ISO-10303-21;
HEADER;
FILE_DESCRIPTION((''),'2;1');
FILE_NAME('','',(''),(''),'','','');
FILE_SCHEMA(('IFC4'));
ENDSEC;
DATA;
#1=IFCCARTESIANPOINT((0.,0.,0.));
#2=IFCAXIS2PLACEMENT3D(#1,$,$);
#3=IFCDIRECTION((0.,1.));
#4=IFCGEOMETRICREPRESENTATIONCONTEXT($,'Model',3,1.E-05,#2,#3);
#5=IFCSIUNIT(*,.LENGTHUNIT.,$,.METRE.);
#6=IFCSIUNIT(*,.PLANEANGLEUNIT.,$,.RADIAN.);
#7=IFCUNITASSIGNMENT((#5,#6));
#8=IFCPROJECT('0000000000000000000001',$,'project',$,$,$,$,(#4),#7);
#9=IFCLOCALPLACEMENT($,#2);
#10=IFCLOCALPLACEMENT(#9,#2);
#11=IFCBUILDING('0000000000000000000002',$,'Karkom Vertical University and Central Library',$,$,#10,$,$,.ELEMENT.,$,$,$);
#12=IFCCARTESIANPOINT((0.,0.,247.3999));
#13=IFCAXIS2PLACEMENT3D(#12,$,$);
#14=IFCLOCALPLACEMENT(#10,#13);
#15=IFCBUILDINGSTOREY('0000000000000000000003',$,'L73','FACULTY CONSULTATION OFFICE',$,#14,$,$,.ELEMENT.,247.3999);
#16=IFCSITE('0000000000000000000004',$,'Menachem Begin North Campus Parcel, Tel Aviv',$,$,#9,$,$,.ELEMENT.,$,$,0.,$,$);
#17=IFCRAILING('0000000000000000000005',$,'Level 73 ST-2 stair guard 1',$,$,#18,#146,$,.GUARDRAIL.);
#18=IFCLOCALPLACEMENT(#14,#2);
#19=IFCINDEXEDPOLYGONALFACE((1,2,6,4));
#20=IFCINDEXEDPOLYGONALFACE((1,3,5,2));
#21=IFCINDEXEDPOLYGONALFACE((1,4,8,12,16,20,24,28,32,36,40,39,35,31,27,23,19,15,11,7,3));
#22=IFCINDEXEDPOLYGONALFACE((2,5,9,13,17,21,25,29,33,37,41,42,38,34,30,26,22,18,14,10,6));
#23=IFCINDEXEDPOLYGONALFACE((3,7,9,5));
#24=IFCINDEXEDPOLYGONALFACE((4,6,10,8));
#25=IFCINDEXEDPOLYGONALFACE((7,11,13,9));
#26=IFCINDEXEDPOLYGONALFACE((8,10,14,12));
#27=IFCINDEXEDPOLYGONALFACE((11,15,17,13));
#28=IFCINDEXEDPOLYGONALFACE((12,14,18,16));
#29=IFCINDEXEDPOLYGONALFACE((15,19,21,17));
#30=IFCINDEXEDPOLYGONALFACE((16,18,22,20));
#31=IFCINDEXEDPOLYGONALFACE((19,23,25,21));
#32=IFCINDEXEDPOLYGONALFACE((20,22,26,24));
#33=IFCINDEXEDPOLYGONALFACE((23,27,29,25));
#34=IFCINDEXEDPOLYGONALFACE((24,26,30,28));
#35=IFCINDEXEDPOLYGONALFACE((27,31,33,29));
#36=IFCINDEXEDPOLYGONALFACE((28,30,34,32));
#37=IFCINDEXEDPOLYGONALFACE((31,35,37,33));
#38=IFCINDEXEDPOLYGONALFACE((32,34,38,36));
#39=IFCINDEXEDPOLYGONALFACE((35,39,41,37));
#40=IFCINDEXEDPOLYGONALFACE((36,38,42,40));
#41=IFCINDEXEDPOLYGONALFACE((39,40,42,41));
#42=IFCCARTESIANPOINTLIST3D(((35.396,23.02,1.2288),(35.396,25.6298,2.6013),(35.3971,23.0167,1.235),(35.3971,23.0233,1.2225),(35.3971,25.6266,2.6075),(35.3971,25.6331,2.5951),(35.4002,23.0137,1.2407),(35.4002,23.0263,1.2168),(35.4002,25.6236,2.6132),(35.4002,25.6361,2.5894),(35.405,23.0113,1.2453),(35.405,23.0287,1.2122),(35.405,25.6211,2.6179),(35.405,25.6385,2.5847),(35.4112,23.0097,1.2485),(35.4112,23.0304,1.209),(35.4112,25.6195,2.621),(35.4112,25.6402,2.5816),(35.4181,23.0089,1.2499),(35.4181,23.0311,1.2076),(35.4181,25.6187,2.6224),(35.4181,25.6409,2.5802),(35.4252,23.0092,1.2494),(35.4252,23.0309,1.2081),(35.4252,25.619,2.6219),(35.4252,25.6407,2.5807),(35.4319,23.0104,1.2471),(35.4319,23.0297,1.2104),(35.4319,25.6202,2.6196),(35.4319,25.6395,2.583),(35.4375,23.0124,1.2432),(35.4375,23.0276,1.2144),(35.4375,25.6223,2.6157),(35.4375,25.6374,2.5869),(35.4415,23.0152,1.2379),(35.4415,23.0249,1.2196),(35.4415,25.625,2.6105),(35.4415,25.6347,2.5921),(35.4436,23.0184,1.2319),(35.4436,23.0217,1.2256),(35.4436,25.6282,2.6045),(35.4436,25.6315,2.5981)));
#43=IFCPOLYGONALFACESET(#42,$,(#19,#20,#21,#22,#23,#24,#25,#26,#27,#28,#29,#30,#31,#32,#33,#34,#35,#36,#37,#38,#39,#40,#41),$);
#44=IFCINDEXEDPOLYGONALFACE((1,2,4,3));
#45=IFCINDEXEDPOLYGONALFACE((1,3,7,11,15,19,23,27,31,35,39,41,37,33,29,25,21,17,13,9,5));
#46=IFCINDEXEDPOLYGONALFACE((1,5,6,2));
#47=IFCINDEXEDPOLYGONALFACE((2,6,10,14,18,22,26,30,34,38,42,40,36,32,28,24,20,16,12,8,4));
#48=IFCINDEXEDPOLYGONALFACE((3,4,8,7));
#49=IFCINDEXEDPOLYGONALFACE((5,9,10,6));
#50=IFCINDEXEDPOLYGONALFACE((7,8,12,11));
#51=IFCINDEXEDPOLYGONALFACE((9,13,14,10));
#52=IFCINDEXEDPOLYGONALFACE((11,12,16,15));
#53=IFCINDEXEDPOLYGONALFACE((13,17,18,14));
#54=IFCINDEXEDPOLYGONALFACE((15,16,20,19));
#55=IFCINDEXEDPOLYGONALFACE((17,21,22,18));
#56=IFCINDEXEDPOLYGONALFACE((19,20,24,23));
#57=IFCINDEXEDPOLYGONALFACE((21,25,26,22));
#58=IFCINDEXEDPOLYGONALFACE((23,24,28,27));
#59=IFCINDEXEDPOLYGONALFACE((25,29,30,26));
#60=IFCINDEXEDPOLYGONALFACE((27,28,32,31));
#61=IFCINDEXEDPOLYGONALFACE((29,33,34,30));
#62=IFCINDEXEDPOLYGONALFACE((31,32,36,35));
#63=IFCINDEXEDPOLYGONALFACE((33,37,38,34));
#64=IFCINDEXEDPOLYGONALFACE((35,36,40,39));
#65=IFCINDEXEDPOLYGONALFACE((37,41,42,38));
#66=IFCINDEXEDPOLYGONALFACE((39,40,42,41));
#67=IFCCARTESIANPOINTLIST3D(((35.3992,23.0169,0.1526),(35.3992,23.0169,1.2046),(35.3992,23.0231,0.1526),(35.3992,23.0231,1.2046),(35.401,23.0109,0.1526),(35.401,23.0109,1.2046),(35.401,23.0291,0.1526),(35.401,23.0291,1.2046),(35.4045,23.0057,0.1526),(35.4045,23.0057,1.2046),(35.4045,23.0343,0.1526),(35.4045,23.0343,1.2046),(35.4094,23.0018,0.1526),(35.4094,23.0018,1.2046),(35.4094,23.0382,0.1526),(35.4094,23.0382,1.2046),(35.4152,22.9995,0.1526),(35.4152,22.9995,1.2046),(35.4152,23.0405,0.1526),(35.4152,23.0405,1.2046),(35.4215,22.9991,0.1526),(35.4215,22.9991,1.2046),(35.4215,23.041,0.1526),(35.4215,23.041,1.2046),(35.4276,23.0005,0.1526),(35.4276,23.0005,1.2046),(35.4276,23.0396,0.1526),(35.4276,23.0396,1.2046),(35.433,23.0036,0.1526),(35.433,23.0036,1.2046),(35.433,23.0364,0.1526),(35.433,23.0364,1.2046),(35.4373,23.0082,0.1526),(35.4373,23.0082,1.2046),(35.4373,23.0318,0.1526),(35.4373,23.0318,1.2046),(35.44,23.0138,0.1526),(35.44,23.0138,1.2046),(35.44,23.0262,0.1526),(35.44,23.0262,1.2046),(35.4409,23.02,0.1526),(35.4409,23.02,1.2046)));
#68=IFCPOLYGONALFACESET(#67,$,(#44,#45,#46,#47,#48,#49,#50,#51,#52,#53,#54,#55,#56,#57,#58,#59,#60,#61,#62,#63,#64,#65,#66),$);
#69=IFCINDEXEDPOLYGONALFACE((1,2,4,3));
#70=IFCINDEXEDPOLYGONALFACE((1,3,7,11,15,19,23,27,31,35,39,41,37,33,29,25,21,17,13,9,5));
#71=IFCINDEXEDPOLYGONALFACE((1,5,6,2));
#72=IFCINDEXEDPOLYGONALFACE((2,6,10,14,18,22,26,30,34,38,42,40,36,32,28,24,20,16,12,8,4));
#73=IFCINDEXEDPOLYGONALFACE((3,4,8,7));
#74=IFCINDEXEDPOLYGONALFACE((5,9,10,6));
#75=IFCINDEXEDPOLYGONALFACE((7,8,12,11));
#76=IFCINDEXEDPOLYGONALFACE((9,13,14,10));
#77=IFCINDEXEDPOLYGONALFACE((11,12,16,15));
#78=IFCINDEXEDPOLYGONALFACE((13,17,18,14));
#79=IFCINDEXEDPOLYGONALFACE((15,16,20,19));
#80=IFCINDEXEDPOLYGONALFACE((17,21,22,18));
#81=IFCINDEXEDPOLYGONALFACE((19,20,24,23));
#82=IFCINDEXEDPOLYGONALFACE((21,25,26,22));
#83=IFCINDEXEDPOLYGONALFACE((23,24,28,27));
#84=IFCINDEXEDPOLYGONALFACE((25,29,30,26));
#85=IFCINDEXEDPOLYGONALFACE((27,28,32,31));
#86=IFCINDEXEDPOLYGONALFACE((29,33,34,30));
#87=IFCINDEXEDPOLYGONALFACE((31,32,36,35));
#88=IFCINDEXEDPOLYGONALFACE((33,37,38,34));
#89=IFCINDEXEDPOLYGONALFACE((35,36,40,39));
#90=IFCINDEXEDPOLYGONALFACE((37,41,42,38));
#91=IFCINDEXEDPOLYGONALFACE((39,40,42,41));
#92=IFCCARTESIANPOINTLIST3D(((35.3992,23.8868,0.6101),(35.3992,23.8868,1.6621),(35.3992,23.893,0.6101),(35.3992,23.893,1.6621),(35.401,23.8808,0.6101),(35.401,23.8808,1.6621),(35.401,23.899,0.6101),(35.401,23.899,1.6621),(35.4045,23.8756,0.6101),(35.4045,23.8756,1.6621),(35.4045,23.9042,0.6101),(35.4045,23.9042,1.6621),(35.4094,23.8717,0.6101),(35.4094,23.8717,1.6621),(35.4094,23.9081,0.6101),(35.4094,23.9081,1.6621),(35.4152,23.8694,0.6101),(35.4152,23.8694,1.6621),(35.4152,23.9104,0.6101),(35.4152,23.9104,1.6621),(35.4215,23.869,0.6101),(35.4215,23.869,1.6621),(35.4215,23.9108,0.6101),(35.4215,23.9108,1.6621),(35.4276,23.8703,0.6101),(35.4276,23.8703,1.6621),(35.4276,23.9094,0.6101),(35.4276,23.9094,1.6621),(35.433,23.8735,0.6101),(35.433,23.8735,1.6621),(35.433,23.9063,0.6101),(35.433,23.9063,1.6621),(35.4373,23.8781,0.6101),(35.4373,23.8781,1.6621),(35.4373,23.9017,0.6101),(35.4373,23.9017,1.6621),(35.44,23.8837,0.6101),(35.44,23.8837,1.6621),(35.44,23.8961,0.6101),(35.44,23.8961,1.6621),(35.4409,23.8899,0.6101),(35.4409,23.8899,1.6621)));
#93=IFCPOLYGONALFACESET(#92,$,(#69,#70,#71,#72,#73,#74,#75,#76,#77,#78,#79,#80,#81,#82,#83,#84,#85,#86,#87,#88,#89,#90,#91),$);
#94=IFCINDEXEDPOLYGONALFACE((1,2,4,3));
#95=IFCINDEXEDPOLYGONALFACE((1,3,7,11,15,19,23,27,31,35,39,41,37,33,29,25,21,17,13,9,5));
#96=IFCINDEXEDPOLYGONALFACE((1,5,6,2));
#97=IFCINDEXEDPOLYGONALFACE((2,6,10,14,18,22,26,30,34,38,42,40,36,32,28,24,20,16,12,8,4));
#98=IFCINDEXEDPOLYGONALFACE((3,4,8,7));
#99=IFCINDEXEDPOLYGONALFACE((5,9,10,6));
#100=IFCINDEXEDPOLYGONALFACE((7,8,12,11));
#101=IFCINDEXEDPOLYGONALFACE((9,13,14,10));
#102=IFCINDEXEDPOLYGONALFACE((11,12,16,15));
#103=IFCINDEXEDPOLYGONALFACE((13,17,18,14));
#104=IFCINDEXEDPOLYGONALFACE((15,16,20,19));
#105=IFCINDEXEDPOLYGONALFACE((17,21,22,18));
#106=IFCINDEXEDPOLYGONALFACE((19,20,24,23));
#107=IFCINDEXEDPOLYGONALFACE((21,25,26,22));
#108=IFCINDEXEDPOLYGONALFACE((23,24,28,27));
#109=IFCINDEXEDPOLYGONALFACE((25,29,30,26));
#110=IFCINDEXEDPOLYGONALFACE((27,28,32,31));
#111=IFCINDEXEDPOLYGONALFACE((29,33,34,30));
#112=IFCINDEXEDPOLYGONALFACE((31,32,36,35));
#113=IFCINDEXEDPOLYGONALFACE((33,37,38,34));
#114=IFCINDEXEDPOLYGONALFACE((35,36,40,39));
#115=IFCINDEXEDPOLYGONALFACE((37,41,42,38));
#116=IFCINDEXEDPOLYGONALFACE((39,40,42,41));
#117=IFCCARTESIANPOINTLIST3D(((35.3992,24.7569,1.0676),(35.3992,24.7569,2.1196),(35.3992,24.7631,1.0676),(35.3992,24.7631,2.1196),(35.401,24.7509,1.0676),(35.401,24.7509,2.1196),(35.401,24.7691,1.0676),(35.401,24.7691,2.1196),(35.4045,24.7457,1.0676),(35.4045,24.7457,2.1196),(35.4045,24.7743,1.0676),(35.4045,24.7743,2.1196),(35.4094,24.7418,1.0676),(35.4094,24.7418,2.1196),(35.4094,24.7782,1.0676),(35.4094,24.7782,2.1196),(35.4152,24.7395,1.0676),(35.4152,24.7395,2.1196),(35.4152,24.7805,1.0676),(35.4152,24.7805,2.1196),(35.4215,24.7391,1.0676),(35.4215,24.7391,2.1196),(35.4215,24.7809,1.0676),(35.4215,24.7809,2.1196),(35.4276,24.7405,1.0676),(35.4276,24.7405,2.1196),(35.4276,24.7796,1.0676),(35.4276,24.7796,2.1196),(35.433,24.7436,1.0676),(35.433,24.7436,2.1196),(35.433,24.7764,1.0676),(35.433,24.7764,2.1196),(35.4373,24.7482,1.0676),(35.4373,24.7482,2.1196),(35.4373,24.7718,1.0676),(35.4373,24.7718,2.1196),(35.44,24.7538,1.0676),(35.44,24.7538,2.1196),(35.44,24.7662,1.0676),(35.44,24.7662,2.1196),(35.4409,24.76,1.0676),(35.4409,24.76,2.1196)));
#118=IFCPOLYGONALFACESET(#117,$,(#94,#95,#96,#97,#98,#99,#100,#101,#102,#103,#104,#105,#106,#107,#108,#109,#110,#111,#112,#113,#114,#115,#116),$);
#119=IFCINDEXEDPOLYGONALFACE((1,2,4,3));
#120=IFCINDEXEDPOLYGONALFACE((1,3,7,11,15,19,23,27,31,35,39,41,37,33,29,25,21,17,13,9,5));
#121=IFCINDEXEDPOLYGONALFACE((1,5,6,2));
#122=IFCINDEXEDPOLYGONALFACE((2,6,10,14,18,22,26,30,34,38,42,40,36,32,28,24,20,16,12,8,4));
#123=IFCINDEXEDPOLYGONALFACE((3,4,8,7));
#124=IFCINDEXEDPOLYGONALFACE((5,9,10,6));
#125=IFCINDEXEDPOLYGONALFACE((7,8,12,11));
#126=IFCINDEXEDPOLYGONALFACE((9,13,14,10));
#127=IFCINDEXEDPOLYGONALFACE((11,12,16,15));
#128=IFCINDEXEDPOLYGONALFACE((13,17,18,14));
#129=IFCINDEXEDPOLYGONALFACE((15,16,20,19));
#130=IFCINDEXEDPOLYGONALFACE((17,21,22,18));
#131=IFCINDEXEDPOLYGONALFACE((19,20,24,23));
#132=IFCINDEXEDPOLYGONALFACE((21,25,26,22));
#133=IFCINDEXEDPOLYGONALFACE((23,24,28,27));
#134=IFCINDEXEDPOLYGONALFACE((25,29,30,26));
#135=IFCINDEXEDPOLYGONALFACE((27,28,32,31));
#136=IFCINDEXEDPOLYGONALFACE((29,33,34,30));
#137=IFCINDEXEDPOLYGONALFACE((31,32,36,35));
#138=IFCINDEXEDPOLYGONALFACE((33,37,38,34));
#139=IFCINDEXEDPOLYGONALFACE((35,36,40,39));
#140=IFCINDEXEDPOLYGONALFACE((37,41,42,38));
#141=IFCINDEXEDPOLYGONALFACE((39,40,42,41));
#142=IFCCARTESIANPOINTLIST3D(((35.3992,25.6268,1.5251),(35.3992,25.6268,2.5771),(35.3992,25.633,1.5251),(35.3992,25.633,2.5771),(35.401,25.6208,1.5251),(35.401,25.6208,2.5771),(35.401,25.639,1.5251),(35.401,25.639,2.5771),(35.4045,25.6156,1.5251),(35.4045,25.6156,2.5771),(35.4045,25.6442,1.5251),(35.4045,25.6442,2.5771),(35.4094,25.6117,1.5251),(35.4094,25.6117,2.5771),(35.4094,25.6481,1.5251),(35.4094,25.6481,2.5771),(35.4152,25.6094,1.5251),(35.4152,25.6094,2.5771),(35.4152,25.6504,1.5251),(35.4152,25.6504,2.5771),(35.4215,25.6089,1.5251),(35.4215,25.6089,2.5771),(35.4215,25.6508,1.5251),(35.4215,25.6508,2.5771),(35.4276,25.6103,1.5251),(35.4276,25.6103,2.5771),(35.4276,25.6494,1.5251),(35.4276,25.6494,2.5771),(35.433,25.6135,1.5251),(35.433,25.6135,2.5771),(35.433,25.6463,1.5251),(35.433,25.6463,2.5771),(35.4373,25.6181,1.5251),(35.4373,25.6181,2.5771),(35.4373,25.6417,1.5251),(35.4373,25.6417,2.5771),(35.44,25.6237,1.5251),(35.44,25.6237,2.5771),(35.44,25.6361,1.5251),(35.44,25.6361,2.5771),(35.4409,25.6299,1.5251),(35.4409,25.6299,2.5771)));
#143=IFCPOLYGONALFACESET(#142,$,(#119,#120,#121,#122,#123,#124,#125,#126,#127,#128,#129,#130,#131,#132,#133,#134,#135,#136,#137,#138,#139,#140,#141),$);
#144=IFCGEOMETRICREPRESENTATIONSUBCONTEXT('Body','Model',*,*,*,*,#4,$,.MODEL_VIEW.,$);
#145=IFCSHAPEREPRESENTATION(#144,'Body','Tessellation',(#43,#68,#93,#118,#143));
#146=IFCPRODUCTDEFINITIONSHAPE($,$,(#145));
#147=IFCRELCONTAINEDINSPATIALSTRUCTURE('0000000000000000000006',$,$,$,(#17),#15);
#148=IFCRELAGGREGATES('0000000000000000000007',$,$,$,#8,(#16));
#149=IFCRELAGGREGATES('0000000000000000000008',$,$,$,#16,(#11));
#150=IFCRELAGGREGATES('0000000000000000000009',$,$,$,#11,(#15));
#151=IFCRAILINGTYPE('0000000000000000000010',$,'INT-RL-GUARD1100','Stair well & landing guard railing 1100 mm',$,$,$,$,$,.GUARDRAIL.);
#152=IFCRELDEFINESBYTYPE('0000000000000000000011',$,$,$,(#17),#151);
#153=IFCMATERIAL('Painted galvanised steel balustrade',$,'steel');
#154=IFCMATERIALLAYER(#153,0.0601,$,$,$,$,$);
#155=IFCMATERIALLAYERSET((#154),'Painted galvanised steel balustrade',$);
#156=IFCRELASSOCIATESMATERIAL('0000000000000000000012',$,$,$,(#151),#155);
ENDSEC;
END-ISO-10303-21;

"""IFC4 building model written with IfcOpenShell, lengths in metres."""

from ifc_helpers import new_model, si_unit, direction, frame, origin, origin_2d, place, context, subcontext, project, spatial, circle, extrude, material, layer, layer_set, type_object, element, save


model = new_model("IFC4")

# Units and contexts
model_context = context("Model", 3, precision=1e-05, world=origin(), true_north=direction((0.0, 1.0)))
body_context = subcontext(model_context, "Body", "Model", "MODEL_VIEW")
ifc_project = project(units=[si_unit("LENGTHUNIT", "METRE"), si_unit("PLANEANGLEUNIT", "RADIAN")], contexts=[model_context])

# Site, building, storey
site_placement = place(None, origin())
site = spatial("IfcSite", under=ifc_project, at=site_placement, Name="Menachem Begin North Campus Parcel, Tel Aviv", CompositionType="ELEMENT", RefElevation=0.0)
building_placement = place(site_placement, origin())
building = spatial("IfcBuilding", under=site, at=building_placement, Name="Karkom Vertical University and Central Library", CompositionType="ELEMENT")
storey_placement = place(building_placement, frame((0.0, 0.0, 247.3999)))
storey = spatial("IfcBuildingStorey", under=building, at=storey_placement, Name="L73", Description="FACULTY CONSULTATION OFFICE", CompositionType="ELEMENT", Elevation=247.3999)

# Railing
ifc_material_1 = material(Name="Painted galvanised steel balustrade", Category="steel")
ifc_layer_1 = layer(ifc_material_1, 0.0601)
ifc_layer_set_1 = layer_set([ifc_layer_1], Name="Painted galvanised steel balustrade")
railing_type_1 = type_object("IfcRailingType", Name="INT-RL-GUARD1100", Description="Stair well & landing guard railing 1100 mm", PredefinedType="GUARDRAIL", material=ifc_layer_set_1)
railing_1_placement = place(storey_placement, frame((35.4199, 23.02, 0.1526)))
element("IfcRailing", 1, at=railing_1_placement, inside=storey, type_object=railing_type_1, Name="Level 73 ST-2 stair guard 1", PredefinedType="GUARDRAIL", context=body_context, shape_type="SweptSolid", body=[
    extrude(circle(Radius=0.0239, at=origin_2d()), frame((0.0, 0.0, 1.0762), z_axis=(0.0, 0.885065, 0.465467), x_axis=(-1.0, 0.0, 0.0)), (0.0, 0.0, 1.0), 2.9487),
    extrude(circle(Radius=0.021, at=origin_2d()), origin(), (0.0, 0.0, 1.0), 1.052),
    extrude(circle(Radius=0.021, at=origin_2d()), frame((0.0, 0.8699, 0.4575)), (0.0, 0.0, 1.0), 1.052),
    extrude(circle(Radius=0.021, at=origin_2d()), frame((0.0, 1.74, 0.915)), (0.0, 0.0, 1.0), 1.052),
    extrude(circle(Radius=0.021, at=origin_2d()), frame((0.0, 2.6099, 1.3726)), (0.0, 0.0, 1.0), 1.052),
])

save(model, "model.ifc")
